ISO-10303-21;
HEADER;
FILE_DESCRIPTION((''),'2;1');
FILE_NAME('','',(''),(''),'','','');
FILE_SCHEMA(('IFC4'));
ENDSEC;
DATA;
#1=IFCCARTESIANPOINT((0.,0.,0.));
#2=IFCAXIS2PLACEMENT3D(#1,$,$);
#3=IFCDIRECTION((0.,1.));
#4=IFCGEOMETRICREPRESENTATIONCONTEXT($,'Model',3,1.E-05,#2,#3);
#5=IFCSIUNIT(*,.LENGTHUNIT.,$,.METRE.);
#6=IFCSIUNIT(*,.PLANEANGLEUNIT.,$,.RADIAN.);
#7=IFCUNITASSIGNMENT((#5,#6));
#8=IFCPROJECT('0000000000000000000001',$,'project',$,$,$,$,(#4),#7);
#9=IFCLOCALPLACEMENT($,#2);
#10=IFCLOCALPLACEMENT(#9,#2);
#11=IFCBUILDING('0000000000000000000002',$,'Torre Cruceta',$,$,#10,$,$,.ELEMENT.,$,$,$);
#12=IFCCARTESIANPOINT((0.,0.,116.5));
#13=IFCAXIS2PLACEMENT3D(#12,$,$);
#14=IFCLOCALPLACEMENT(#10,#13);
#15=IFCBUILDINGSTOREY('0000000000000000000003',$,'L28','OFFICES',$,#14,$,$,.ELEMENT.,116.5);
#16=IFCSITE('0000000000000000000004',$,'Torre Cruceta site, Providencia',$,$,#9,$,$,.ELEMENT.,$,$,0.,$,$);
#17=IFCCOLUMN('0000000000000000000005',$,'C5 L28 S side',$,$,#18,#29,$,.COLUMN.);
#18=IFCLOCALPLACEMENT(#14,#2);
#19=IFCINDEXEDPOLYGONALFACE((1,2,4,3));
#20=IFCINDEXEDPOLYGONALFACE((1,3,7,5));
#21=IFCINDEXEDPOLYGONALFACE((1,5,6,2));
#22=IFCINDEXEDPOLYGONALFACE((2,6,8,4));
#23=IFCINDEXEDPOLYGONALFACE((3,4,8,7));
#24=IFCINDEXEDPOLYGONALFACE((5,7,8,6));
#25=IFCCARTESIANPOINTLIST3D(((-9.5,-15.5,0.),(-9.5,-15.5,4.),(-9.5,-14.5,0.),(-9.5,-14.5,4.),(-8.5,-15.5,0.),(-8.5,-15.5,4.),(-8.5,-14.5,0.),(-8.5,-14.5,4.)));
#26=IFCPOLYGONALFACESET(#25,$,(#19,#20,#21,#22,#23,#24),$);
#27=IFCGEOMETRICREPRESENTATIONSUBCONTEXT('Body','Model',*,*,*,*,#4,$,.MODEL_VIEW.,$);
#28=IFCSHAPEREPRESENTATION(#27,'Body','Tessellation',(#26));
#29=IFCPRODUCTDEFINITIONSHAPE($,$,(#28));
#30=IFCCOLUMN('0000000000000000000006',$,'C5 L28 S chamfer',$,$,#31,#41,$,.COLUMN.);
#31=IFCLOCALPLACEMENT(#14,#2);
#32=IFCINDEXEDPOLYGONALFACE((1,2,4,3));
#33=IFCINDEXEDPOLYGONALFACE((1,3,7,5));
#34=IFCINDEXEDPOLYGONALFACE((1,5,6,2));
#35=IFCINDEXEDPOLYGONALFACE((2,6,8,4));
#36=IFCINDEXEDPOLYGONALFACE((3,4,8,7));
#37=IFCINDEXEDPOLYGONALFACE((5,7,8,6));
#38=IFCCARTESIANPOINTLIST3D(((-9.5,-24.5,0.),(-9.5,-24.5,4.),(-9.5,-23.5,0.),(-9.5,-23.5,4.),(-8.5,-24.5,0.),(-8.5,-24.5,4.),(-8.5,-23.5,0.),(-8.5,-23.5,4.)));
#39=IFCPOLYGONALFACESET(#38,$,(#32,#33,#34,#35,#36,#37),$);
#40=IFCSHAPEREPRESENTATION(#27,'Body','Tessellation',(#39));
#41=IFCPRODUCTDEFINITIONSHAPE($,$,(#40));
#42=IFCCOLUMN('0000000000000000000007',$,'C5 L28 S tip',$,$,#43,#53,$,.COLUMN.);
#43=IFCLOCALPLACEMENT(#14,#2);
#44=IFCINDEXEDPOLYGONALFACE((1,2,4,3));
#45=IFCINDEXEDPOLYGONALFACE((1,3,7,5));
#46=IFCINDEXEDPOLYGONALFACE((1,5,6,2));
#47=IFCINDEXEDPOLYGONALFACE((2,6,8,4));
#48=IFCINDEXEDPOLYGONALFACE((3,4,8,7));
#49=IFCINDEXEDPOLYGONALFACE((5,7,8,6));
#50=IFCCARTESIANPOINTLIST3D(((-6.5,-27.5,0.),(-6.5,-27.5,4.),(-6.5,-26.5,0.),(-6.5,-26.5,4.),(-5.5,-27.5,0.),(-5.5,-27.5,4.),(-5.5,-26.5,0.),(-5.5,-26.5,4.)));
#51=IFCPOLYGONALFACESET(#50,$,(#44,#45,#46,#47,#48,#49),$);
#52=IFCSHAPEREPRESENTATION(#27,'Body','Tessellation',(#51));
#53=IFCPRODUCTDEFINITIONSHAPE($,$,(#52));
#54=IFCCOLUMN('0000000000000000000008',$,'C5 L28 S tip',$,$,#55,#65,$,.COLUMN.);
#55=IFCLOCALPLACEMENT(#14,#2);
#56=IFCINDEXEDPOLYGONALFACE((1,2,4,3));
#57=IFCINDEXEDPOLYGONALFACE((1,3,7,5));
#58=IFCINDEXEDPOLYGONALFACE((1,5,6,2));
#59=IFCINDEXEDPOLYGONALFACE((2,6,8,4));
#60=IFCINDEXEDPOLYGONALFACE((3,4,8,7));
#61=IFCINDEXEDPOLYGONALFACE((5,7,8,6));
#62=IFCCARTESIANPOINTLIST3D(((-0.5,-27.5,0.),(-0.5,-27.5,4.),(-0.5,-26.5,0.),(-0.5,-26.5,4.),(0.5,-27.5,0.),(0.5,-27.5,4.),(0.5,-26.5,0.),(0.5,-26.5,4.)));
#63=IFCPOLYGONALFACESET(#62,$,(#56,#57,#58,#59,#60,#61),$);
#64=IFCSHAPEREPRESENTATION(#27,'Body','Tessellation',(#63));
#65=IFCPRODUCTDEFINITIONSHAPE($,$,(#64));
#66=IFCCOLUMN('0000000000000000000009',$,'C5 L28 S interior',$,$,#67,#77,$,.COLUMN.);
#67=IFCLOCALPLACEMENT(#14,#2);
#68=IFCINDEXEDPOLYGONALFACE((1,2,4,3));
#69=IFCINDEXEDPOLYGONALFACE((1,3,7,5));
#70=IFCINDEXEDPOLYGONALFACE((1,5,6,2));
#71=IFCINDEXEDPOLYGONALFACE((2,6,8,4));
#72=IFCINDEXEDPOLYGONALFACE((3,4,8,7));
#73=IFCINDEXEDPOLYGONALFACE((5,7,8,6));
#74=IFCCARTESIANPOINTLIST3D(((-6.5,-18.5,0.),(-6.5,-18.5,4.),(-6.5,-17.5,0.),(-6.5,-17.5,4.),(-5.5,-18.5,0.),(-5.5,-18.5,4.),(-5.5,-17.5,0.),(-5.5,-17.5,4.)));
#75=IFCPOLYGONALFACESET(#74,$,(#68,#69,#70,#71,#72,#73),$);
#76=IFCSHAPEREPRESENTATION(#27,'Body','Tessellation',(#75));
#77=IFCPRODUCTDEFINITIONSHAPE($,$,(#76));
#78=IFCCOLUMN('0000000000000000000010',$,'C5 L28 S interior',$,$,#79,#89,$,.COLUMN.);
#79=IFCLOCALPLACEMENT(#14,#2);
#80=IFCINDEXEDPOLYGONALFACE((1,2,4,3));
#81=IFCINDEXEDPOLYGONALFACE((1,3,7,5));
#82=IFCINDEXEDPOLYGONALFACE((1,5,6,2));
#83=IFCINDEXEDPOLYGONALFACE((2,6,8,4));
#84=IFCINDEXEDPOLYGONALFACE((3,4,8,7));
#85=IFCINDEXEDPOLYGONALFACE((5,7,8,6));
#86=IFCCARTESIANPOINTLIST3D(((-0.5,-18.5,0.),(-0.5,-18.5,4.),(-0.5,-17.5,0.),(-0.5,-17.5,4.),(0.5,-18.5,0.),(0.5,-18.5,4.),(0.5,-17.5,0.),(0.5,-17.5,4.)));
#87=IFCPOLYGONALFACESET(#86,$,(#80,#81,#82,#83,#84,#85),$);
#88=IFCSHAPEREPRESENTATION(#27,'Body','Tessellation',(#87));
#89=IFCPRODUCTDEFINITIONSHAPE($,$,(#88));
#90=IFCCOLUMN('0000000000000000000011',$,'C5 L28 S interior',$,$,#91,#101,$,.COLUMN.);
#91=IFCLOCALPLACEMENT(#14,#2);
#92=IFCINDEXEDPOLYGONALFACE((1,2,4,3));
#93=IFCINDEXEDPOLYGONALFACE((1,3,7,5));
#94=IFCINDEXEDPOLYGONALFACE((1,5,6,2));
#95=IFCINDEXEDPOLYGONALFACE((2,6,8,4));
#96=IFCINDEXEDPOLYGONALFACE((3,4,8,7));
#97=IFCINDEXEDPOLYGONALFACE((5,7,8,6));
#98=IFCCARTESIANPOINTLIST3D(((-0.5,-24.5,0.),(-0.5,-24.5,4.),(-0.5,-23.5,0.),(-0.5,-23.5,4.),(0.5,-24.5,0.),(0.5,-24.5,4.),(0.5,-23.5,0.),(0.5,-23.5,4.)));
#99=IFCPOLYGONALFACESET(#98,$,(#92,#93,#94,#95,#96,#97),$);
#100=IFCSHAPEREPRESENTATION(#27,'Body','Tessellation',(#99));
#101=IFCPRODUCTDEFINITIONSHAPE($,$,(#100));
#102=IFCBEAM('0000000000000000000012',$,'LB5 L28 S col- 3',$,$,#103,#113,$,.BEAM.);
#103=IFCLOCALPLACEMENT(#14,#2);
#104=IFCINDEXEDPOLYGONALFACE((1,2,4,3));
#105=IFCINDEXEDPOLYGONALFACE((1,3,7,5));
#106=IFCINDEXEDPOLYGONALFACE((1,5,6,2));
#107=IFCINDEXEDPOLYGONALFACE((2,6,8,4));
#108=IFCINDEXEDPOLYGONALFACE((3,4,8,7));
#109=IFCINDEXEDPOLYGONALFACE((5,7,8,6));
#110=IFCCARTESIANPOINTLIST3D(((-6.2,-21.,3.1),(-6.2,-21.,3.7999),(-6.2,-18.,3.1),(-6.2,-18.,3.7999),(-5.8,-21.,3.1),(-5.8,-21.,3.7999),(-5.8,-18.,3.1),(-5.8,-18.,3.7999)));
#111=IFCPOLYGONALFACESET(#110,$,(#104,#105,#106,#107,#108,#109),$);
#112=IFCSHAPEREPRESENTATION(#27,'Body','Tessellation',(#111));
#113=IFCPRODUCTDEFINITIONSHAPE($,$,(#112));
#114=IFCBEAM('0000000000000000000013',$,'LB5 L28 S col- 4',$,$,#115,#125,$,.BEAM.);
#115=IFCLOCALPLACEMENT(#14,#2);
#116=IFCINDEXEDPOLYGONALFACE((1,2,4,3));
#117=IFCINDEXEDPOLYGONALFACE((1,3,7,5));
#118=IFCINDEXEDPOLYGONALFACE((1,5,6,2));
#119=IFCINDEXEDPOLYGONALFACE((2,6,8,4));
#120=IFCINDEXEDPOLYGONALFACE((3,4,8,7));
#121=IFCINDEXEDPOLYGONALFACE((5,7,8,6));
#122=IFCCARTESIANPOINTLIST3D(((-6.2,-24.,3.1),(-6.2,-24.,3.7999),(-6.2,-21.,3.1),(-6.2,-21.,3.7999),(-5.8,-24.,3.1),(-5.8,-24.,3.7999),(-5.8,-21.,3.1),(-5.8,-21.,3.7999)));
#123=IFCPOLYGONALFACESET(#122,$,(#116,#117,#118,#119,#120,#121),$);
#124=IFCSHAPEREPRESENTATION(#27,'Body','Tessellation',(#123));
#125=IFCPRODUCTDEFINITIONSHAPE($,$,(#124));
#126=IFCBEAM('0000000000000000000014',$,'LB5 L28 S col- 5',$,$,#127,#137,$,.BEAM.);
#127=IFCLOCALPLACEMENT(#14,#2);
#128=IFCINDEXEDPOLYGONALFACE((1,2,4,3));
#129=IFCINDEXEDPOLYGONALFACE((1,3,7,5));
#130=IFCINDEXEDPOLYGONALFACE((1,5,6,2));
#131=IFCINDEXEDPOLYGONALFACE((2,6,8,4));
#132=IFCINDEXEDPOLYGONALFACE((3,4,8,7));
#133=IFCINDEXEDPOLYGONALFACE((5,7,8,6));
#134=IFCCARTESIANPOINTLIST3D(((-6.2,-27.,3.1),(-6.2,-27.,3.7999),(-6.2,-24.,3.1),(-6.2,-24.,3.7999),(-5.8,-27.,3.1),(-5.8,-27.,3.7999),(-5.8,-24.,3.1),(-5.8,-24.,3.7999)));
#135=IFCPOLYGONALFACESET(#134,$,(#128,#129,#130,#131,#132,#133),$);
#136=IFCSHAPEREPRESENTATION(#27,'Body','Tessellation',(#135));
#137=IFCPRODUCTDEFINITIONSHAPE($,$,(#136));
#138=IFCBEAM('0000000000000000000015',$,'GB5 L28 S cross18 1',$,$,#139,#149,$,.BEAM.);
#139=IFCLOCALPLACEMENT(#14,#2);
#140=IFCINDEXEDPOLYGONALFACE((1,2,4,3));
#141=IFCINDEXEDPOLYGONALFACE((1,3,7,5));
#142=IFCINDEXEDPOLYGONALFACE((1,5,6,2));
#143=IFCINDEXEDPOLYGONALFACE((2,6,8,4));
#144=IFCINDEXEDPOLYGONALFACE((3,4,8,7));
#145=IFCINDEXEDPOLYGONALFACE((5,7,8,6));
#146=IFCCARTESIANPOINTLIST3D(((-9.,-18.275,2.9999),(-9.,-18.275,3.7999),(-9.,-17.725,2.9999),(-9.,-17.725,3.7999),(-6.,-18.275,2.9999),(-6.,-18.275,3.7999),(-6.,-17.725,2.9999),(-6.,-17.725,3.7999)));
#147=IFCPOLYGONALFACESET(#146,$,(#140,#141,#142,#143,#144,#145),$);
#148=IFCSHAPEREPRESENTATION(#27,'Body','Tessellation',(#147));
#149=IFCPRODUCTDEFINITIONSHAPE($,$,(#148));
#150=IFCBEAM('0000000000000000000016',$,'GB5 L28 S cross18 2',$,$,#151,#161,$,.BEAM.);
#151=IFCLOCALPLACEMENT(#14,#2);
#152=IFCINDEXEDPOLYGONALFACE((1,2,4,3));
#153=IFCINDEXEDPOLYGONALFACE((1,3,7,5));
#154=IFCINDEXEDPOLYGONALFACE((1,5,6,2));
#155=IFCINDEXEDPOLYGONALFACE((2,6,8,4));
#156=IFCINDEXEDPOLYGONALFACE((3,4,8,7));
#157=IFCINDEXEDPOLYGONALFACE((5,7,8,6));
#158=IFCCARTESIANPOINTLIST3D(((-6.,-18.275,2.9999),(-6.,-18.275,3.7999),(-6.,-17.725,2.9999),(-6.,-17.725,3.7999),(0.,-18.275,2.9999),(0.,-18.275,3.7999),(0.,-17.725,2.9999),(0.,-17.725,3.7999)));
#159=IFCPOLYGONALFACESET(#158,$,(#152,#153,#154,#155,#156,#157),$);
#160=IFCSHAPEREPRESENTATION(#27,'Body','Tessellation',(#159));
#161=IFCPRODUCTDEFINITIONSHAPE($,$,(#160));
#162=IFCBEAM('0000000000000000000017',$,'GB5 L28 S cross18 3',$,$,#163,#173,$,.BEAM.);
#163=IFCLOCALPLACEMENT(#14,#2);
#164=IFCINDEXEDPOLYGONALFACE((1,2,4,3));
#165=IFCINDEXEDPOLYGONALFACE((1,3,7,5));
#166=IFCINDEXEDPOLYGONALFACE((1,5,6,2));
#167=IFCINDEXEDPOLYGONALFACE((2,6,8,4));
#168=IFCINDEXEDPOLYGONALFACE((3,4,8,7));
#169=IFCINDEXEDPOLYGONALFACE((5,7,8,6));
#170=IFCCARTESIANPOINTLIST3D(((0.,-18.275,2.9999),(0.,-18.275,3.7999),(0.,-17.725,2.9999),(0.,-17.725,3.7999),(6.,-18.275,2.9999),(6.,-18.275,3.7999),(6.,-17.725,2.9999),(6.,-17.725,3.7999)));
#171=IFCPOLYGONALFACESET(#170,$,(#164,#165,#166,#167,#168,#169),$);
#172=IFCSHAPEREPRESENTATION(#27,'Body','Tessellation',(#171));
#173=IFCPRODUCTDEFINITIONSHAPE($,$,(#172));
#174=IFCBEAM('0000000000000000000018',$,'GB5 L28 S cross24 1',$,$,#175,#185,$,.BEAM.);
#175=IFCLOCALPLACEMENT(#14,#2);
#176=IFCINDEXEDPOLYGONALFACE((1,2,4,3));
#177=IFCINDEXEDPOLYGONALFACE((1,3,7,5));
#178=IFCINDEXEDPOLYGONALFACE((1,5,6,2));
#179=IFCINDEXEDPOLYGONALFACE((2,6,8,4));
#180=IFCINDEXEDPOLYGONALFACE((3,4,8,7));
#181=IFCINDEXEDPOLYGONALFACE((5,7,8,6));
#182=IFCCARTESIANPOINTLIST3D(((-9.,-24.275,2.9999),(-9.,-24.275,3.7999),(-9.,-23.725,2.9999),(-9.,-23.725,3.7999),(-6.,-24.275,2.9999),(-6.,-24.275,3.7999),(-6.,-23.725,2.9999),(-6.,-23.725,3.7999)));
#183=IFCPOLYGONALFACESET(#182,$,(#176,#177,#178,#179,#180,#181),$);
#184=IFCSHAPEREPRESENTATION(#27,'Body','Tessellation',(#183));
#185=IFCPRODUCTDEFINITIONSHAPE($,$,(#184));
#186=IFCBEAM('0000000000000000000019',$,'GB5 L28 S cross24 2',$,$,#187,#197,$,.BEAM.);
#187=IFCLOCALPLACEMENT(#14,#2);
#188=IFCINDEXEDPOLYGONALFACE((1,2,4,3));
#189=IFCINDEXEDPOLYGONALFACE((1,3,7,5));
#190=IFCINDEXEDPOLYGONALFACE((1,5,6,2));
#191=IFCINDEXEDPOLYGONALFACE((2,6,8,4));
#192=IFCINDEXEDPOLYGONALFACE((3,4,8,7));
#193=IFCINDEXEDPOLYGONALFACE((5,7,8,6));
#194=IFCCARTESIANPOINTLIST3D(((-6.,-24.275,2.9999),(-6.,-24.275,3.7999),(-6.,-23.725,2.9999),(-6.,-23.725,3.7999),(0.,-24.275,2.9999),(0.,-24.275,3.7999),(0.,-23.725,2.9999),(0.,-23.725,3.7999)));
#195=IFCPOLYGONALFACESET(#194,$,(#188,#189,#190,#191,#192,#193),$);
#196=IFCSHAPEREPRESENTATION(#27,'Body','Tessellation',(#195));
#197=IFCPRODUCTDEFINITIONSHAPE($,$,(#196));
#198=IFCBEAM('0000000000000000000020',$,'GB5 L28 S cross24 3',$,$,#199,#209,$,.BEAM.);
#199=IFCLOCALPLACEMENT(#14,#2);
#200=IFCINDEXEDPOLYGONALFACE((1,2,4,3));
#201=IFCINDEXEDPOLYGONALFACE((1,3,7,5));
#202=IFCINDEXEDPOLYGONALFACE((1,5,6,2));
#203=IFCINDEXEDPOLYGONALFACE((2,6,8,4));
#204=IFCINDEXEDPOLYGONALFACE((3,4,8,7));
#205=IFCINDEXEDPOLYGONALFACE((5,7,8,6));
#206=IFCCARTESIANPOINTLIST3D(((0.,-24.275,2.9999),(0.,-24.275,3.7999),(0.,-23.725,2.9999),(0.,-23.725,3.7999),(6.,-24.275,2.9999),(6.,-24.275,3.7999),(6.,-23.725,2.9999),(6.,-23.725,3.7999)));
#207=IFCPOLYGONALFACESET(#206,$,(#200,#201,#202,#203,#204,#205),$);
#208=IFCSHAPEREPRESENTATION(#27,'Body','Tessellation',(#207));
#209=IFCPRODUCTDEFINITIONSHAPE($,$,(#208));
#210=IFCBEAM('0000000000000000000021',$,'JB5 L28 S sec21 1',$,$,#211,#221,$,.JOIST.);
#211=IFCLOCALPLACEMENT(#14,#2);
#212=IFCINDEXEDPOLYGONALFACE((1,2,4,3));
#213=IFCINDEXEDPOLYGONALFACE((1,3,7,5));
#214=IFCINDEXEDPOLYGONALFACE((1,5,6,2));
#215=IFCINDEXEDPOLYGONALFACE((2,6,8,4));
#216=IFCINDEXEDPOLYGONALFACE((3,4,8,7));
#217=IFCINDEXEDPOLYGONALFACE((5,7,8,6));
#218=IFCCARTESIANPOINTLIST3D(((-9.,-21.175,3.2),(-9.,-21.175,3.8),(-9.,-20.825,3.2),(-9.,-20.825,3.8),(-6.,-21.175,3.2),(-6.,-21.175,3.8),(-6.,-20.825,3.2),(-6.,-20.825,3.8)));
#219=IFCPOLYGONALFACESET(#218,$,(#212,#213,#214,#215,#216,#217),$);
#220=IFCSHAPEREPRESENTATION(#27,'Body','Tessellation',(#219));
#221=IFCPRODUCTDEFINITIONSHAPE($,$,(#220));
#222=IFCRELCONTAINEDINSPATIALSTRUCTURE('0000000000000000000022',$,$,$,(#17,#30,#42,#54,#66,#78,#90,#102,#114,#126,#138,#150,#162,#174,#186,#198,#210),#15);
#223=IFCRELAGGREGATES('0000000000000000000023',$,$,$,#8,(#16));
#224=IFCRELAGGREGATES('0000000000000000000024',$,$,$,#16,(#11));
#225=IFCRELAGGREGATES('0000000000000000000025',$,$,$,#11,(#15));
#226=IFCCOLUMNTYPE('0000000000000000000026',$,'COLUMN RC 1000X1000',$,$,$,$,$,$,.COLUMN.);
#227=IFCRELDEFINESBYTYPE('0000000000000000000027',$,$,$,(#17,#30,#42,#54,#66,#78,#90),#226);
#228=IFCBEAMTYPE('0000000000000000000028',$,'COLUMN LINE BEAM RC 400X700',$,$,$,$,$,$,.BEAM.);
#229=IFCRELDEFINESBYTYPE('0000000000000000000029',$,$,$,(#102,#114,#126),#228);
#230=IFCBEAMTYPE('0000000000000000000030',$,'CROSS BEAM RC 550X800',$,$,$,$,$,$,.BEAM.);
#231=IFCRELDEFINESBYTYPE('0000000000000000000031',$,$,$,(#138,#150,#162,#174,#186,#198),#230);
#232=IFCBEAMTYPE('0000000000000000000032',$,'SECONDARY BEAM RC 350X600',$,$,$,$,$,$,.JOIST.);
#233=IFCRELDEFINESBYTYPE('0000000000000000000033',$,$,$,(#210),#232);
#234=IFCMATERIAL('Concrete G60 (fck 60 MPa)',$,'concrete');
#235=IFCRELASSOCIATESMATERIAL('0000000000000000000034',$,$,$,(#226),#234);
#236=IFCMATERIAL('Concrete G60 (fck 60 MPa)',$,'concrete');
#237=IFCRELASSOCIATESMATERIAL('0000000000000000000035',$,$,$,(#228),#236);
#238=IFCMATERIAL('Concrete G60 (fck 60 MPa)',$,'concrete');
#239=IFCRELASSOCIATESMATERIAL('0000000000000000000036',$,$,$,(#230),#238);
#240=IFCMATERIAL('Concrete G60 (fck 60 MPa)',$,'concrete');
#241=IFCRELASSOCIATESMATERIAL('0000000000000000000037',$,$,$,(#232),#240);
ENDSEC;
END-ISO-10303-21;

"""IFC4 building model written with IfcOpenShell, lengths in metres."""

from ifc_helpers import new_model, si_unit, direction, frame, origin, origin_2d, place, context, subcontext, project, spatial, rectangle, extrude, material, material_profile, profile_set, type_object, element, save


model = new_model("IFC4")

# Units and contexts
model_context = context("Model", 3, precision=1e-05, world=origin(), true_north=direction((0.0, 1.0)))
body_context = subcontext(model_context, "Body", "Model", "MODEL_VIEW")
ifc_project = project(units=[si_unit("LENGTHUNIT", "METRE"), si_unit("PLANEANGLEUNIT", "RADIAN")], contexts=[model_context])

# Site, building, storey
site_placement = place(None, origin())
site = spatial("IfcSite", under=ifc_project, at=site_placement, Name="Torre Cruceta site, Providencia", CompositionType="ELEMENT", RefElevation=0.0)
building_placement = place(site_placement, origin())
building = spatial("IfcBuilding", under=site, at=building_placement, Name="Torre Cruceta", CompositionType="ELEMENT")
storey_placement = place(building_placement, frame((0.0, 0.0, 116.5)))
storey = spatial("IfcBuildingStorey", under=building, at=storey_placement, Name="L28", Description="OFFICES", CompositionType="ELEMENT", Elevation=116.5)

# Columns
ifc_material_1 = material(Name="Concrete G60 (fck 60 MPa)", Category="concrete")
ifc_material_profile_1 = material_profile(ifc_material_1, rectangle(XDim=1.0, YDim=1.0, at=origin_2d()), Name="RC 1000X1000")
ifc_profile_set_1 = profile_set([ifc_material_profile_1], Name="Concrete G60 (fck 60 MPa)")
column_type = type_object("IfcColumnType", Name="COLUMN RC 1000X1000", PredefinedType="COLUMN", material=ifc_profile_set_1)
for number, where, z_axis, x_axis, name in (
    (1, (-9.0, -15.0, 0.0), (0.0, 0.0, 1.0), (1.0, 0.0, 0.0), "C5 L28 S side"),
    (2, (-9.0, -24.0, 0.0), (0.0, 0.0, 1.0), (1.0, 0.0, 0.0), "C5 L28 S chamfer"),
    (3, (-6.0, -27.0, 0.0), (0.0, 0.0, 1.0), (1.0, 0.0, 0.0), "C5 L28 S tip"),
    (4, (0.0, -27.0, 0.0), (0.0, 0.0, 1.0), (1.0, 0.0, 0.0), "C5 L28 S tip"),
    (5, (-6.0, -18.0, 0.0), (0.0, 0.0, 1.0), (1.0, 0.0, 0.0), "C5 L28 S interior"),
    (6, (0.0, -18.0, 0.0), (0.0, 0.0, 1.0), (1.0, 0.0, 0.0), "C5 L28 S interior"),
    (7, (0.0, -24.0, 0.0), (0.0, 0.0, 1.0), (1.0, 0.0, 0.0), "C5 L28 S interior"),
):
    element("IfcColumn", number, at=place(storey_placement, frame(where, z_axis=z_axis, x_axis=x_axis)), inside=storey, type_object=column_type, Name=name, PredefinedType="COLUMN", context=body_context, shape_type="SweptSolid", body=[
        extrude(rectangle(XDim=1.0, YDim=1.0, at=origin_2d()), origin(), (0.0, 0.0, 1.0), 4.0),
    ])

# Beams
ifc_material_2 = material(Name="Concrete G60 (fck 60 MPa)", Category="concrete")
ifc_material_profile_2 = material_profile(ifc_material_2, rectangle(XDim=0.3999, YDim=0.7, at=origin_2d()), Name="RC 400X700")
ifc_profile_set_2 = profile_set([ifc_material_profile_2], Name="Concrete G60 (fck 60 MPa)")
beam_type_1 = type_object("IfcBeamType", Name="COLUMN LINE BEAM RC 400X700", PredefinedType="BEAM", material=ifc_profile_set_2)
for number, where, z_axis, x_axis, name in (
    (8, (-6.0, -18.0, 3.45), (0.0, -1.0, 0.0), (1.0, 0.0, 0.0), "LB5 L28 S col- 3"),
    (9, (-6.0, -21.0, 3.45), (0.0, -1.0, 0.0), (1.0, 0.0, 0.0), "LB5 L28 S col- 4"),
    (10, (-6.0, -24.0, 3.45), (0.0, -1.0, 0.0), (1.0, 0.0, 0.0), "LB5 L28 S col- 5"),
):
    element("IfcBeam", number, at=place(storey_placement, frame(where, z_axis=z_axis, x_axis=x_axis)), inside=storey, type_object=beam_type_1, Name=name, PredefinedType="BEAM", context=body_context, shape_type="SweptSolid", body=[
        extrude(rectangle(XDim=0.3999, YDim=0.7, at=origin_2d()), origin(), (0.0, 0.0, 1.0), 3.0),
    ])
ifc_material_3 = material(Name="Concrete G60 (fck 60 MPa)", Category="concrete")
ifc_material_profile_3 = material_profile(ifc_material_3, rectangle(XDim=0.55, YDim=0.8, at=origin_2d()), Name="RC 550X800")
ifc_profile_set_3 = profile_set([ifc_material_profile_3], Name="Concrete G60 (fck 60 MPa)")
beam_type_2 = type_object("IfcBeamType", Name="CROSS BEAM RC 550X800", PredefinedType="BEAM", material=ifc_profile_set_3)
beam_1_placement = place(storey_placement, frame((-9.0, -18.0, 3.3999), z_axis=(1.0, 0.0, 0.0), x_axis=(0.0, 1.0, 0.0)))
element("IfcBeam", 11, at=beam_1_placement, inside=storey, type_object=beam_type_2, Name="GB5 L28 S cross18 1", PredefinedType="BEAM", context=body_context, shape_type="SweptSolid", body=[
    extrude(rectangle(XDim=0.55, YDim=0.8, at=origin_2d()), origin(), (0.0, 0.0, 1.0), 3.0),
])
for number, where, z_axis, x_axis, name in (
    (12, (-6.0, -18.0, 3.3999), (1.0, 0.0, 0.0), (0.0, 1.0, 0.0), "GB5 L28 S cross18 2"),
    (13, (0.0, -18.0, 3.3999), (1.0, 0.0, 0.0), (0.0, 1.0, 0.0), "GB5 L28 S cross18 3"),
):
    element("IfcBeam", number, at=place(storey_placement, frame(where, z_axis=z_axis, x_axis=x_axis)), inside=storey, type_object=beam_type_2, Name=name, PredefinedType="BEAM", context=body_context, shape_type="SweptSolid", body=[
        extrude(rectangle(XDim=0.55, YDim=0.8, at=origin_2d()), origin(), (0.0, 0.0, 1.0), 6.0),
    ])
beam_2_placement = place(storey_placement, frame((-9.0, -24.0, 3.3999), z_axis=(1.0, 0.0, 0.0), x_axis=(0.0, 1.0, 0.0)))
element("IfcBeam", 14, at=beam_2_placement, inside=storey, type_object=beam_type_2, Name="GB5 L28 S cross24 1", PredefinedType="BEAM", context=body_context, shape_type="SweptSolid", body=[
    extrude(rectangle(XDim=0.55, YDim=0.8, at=origin_2d()), origin(), (0.0, 0.0, 1.0), 3.0),
])
for number, where, z_axis, x_axis, name in (
    (15, (-6.0, -24.0, 3.3999), (1.0, 0.0, 0.0), (0.0, 1.0, 0.0), "GB5 L28 S cross24 2"),
    (16, (0.0, -24.0, 3.3999), (1.0, 0.0, 0.0), (0.0, 1.0, 0.0), "GB5 L28 S cross24 3"),
):
    element("IfcBeam", number, at=place(storey_placement, frame(where, z_axis=z_axis, x_axis=x_axis)), inside=storey, type_object=beam_type_2, Name=name, PredefinedType="BEAM", context=body_context, shape_type="SweptSolid", body=[
        extrude(rectangle(XDim=0.55, YDim=0.8, at=origin_2d()), origin(), (0.0, 0.0, 1.0), 6.0),
    ])
ifc_material_4 = material(Name="Concrete G60 (fck 60 MPa)", Category="concrete")
ifc_material_profile_4 = material_profile(ifc_material_4, rectangle(XDim=0.3501, YDim=0.6001, at=origin_2d()), Name="RC 350X600")
ifc_profile_set_4 = profile_set([ifc_material_profile_4], Name="Concrete G60 (fck 60 MPa)")
beam_type_3 = type_object("IfcBeamType", Name="SECONDARY BEAM RC 350X600", PredefinedType="JOIST", material=ifc_profile_set_4)
beam_3_placement = place(storey_placement, frame((-9.0, -21.0, 3.5), z_axis=(1.0, 0.0, 0.0), x_axis=(0.0, 1.0, 0.0)))
element("IfcBeam", 17, at=beam_3_placement, inside=storey, type_object=beam_type_3, Name="JB5 L28 S sec21 1", PredefinedType="JOIST", context=body_context, shape_type="SweptSolid", body=[
    extrude(rectangle(XDim=0.3501, YDim=0.6001, at=origin_2d()), origin(), (0.0, 0.0, 1.0), 3.0),
])

save(model, "model.ifc")
